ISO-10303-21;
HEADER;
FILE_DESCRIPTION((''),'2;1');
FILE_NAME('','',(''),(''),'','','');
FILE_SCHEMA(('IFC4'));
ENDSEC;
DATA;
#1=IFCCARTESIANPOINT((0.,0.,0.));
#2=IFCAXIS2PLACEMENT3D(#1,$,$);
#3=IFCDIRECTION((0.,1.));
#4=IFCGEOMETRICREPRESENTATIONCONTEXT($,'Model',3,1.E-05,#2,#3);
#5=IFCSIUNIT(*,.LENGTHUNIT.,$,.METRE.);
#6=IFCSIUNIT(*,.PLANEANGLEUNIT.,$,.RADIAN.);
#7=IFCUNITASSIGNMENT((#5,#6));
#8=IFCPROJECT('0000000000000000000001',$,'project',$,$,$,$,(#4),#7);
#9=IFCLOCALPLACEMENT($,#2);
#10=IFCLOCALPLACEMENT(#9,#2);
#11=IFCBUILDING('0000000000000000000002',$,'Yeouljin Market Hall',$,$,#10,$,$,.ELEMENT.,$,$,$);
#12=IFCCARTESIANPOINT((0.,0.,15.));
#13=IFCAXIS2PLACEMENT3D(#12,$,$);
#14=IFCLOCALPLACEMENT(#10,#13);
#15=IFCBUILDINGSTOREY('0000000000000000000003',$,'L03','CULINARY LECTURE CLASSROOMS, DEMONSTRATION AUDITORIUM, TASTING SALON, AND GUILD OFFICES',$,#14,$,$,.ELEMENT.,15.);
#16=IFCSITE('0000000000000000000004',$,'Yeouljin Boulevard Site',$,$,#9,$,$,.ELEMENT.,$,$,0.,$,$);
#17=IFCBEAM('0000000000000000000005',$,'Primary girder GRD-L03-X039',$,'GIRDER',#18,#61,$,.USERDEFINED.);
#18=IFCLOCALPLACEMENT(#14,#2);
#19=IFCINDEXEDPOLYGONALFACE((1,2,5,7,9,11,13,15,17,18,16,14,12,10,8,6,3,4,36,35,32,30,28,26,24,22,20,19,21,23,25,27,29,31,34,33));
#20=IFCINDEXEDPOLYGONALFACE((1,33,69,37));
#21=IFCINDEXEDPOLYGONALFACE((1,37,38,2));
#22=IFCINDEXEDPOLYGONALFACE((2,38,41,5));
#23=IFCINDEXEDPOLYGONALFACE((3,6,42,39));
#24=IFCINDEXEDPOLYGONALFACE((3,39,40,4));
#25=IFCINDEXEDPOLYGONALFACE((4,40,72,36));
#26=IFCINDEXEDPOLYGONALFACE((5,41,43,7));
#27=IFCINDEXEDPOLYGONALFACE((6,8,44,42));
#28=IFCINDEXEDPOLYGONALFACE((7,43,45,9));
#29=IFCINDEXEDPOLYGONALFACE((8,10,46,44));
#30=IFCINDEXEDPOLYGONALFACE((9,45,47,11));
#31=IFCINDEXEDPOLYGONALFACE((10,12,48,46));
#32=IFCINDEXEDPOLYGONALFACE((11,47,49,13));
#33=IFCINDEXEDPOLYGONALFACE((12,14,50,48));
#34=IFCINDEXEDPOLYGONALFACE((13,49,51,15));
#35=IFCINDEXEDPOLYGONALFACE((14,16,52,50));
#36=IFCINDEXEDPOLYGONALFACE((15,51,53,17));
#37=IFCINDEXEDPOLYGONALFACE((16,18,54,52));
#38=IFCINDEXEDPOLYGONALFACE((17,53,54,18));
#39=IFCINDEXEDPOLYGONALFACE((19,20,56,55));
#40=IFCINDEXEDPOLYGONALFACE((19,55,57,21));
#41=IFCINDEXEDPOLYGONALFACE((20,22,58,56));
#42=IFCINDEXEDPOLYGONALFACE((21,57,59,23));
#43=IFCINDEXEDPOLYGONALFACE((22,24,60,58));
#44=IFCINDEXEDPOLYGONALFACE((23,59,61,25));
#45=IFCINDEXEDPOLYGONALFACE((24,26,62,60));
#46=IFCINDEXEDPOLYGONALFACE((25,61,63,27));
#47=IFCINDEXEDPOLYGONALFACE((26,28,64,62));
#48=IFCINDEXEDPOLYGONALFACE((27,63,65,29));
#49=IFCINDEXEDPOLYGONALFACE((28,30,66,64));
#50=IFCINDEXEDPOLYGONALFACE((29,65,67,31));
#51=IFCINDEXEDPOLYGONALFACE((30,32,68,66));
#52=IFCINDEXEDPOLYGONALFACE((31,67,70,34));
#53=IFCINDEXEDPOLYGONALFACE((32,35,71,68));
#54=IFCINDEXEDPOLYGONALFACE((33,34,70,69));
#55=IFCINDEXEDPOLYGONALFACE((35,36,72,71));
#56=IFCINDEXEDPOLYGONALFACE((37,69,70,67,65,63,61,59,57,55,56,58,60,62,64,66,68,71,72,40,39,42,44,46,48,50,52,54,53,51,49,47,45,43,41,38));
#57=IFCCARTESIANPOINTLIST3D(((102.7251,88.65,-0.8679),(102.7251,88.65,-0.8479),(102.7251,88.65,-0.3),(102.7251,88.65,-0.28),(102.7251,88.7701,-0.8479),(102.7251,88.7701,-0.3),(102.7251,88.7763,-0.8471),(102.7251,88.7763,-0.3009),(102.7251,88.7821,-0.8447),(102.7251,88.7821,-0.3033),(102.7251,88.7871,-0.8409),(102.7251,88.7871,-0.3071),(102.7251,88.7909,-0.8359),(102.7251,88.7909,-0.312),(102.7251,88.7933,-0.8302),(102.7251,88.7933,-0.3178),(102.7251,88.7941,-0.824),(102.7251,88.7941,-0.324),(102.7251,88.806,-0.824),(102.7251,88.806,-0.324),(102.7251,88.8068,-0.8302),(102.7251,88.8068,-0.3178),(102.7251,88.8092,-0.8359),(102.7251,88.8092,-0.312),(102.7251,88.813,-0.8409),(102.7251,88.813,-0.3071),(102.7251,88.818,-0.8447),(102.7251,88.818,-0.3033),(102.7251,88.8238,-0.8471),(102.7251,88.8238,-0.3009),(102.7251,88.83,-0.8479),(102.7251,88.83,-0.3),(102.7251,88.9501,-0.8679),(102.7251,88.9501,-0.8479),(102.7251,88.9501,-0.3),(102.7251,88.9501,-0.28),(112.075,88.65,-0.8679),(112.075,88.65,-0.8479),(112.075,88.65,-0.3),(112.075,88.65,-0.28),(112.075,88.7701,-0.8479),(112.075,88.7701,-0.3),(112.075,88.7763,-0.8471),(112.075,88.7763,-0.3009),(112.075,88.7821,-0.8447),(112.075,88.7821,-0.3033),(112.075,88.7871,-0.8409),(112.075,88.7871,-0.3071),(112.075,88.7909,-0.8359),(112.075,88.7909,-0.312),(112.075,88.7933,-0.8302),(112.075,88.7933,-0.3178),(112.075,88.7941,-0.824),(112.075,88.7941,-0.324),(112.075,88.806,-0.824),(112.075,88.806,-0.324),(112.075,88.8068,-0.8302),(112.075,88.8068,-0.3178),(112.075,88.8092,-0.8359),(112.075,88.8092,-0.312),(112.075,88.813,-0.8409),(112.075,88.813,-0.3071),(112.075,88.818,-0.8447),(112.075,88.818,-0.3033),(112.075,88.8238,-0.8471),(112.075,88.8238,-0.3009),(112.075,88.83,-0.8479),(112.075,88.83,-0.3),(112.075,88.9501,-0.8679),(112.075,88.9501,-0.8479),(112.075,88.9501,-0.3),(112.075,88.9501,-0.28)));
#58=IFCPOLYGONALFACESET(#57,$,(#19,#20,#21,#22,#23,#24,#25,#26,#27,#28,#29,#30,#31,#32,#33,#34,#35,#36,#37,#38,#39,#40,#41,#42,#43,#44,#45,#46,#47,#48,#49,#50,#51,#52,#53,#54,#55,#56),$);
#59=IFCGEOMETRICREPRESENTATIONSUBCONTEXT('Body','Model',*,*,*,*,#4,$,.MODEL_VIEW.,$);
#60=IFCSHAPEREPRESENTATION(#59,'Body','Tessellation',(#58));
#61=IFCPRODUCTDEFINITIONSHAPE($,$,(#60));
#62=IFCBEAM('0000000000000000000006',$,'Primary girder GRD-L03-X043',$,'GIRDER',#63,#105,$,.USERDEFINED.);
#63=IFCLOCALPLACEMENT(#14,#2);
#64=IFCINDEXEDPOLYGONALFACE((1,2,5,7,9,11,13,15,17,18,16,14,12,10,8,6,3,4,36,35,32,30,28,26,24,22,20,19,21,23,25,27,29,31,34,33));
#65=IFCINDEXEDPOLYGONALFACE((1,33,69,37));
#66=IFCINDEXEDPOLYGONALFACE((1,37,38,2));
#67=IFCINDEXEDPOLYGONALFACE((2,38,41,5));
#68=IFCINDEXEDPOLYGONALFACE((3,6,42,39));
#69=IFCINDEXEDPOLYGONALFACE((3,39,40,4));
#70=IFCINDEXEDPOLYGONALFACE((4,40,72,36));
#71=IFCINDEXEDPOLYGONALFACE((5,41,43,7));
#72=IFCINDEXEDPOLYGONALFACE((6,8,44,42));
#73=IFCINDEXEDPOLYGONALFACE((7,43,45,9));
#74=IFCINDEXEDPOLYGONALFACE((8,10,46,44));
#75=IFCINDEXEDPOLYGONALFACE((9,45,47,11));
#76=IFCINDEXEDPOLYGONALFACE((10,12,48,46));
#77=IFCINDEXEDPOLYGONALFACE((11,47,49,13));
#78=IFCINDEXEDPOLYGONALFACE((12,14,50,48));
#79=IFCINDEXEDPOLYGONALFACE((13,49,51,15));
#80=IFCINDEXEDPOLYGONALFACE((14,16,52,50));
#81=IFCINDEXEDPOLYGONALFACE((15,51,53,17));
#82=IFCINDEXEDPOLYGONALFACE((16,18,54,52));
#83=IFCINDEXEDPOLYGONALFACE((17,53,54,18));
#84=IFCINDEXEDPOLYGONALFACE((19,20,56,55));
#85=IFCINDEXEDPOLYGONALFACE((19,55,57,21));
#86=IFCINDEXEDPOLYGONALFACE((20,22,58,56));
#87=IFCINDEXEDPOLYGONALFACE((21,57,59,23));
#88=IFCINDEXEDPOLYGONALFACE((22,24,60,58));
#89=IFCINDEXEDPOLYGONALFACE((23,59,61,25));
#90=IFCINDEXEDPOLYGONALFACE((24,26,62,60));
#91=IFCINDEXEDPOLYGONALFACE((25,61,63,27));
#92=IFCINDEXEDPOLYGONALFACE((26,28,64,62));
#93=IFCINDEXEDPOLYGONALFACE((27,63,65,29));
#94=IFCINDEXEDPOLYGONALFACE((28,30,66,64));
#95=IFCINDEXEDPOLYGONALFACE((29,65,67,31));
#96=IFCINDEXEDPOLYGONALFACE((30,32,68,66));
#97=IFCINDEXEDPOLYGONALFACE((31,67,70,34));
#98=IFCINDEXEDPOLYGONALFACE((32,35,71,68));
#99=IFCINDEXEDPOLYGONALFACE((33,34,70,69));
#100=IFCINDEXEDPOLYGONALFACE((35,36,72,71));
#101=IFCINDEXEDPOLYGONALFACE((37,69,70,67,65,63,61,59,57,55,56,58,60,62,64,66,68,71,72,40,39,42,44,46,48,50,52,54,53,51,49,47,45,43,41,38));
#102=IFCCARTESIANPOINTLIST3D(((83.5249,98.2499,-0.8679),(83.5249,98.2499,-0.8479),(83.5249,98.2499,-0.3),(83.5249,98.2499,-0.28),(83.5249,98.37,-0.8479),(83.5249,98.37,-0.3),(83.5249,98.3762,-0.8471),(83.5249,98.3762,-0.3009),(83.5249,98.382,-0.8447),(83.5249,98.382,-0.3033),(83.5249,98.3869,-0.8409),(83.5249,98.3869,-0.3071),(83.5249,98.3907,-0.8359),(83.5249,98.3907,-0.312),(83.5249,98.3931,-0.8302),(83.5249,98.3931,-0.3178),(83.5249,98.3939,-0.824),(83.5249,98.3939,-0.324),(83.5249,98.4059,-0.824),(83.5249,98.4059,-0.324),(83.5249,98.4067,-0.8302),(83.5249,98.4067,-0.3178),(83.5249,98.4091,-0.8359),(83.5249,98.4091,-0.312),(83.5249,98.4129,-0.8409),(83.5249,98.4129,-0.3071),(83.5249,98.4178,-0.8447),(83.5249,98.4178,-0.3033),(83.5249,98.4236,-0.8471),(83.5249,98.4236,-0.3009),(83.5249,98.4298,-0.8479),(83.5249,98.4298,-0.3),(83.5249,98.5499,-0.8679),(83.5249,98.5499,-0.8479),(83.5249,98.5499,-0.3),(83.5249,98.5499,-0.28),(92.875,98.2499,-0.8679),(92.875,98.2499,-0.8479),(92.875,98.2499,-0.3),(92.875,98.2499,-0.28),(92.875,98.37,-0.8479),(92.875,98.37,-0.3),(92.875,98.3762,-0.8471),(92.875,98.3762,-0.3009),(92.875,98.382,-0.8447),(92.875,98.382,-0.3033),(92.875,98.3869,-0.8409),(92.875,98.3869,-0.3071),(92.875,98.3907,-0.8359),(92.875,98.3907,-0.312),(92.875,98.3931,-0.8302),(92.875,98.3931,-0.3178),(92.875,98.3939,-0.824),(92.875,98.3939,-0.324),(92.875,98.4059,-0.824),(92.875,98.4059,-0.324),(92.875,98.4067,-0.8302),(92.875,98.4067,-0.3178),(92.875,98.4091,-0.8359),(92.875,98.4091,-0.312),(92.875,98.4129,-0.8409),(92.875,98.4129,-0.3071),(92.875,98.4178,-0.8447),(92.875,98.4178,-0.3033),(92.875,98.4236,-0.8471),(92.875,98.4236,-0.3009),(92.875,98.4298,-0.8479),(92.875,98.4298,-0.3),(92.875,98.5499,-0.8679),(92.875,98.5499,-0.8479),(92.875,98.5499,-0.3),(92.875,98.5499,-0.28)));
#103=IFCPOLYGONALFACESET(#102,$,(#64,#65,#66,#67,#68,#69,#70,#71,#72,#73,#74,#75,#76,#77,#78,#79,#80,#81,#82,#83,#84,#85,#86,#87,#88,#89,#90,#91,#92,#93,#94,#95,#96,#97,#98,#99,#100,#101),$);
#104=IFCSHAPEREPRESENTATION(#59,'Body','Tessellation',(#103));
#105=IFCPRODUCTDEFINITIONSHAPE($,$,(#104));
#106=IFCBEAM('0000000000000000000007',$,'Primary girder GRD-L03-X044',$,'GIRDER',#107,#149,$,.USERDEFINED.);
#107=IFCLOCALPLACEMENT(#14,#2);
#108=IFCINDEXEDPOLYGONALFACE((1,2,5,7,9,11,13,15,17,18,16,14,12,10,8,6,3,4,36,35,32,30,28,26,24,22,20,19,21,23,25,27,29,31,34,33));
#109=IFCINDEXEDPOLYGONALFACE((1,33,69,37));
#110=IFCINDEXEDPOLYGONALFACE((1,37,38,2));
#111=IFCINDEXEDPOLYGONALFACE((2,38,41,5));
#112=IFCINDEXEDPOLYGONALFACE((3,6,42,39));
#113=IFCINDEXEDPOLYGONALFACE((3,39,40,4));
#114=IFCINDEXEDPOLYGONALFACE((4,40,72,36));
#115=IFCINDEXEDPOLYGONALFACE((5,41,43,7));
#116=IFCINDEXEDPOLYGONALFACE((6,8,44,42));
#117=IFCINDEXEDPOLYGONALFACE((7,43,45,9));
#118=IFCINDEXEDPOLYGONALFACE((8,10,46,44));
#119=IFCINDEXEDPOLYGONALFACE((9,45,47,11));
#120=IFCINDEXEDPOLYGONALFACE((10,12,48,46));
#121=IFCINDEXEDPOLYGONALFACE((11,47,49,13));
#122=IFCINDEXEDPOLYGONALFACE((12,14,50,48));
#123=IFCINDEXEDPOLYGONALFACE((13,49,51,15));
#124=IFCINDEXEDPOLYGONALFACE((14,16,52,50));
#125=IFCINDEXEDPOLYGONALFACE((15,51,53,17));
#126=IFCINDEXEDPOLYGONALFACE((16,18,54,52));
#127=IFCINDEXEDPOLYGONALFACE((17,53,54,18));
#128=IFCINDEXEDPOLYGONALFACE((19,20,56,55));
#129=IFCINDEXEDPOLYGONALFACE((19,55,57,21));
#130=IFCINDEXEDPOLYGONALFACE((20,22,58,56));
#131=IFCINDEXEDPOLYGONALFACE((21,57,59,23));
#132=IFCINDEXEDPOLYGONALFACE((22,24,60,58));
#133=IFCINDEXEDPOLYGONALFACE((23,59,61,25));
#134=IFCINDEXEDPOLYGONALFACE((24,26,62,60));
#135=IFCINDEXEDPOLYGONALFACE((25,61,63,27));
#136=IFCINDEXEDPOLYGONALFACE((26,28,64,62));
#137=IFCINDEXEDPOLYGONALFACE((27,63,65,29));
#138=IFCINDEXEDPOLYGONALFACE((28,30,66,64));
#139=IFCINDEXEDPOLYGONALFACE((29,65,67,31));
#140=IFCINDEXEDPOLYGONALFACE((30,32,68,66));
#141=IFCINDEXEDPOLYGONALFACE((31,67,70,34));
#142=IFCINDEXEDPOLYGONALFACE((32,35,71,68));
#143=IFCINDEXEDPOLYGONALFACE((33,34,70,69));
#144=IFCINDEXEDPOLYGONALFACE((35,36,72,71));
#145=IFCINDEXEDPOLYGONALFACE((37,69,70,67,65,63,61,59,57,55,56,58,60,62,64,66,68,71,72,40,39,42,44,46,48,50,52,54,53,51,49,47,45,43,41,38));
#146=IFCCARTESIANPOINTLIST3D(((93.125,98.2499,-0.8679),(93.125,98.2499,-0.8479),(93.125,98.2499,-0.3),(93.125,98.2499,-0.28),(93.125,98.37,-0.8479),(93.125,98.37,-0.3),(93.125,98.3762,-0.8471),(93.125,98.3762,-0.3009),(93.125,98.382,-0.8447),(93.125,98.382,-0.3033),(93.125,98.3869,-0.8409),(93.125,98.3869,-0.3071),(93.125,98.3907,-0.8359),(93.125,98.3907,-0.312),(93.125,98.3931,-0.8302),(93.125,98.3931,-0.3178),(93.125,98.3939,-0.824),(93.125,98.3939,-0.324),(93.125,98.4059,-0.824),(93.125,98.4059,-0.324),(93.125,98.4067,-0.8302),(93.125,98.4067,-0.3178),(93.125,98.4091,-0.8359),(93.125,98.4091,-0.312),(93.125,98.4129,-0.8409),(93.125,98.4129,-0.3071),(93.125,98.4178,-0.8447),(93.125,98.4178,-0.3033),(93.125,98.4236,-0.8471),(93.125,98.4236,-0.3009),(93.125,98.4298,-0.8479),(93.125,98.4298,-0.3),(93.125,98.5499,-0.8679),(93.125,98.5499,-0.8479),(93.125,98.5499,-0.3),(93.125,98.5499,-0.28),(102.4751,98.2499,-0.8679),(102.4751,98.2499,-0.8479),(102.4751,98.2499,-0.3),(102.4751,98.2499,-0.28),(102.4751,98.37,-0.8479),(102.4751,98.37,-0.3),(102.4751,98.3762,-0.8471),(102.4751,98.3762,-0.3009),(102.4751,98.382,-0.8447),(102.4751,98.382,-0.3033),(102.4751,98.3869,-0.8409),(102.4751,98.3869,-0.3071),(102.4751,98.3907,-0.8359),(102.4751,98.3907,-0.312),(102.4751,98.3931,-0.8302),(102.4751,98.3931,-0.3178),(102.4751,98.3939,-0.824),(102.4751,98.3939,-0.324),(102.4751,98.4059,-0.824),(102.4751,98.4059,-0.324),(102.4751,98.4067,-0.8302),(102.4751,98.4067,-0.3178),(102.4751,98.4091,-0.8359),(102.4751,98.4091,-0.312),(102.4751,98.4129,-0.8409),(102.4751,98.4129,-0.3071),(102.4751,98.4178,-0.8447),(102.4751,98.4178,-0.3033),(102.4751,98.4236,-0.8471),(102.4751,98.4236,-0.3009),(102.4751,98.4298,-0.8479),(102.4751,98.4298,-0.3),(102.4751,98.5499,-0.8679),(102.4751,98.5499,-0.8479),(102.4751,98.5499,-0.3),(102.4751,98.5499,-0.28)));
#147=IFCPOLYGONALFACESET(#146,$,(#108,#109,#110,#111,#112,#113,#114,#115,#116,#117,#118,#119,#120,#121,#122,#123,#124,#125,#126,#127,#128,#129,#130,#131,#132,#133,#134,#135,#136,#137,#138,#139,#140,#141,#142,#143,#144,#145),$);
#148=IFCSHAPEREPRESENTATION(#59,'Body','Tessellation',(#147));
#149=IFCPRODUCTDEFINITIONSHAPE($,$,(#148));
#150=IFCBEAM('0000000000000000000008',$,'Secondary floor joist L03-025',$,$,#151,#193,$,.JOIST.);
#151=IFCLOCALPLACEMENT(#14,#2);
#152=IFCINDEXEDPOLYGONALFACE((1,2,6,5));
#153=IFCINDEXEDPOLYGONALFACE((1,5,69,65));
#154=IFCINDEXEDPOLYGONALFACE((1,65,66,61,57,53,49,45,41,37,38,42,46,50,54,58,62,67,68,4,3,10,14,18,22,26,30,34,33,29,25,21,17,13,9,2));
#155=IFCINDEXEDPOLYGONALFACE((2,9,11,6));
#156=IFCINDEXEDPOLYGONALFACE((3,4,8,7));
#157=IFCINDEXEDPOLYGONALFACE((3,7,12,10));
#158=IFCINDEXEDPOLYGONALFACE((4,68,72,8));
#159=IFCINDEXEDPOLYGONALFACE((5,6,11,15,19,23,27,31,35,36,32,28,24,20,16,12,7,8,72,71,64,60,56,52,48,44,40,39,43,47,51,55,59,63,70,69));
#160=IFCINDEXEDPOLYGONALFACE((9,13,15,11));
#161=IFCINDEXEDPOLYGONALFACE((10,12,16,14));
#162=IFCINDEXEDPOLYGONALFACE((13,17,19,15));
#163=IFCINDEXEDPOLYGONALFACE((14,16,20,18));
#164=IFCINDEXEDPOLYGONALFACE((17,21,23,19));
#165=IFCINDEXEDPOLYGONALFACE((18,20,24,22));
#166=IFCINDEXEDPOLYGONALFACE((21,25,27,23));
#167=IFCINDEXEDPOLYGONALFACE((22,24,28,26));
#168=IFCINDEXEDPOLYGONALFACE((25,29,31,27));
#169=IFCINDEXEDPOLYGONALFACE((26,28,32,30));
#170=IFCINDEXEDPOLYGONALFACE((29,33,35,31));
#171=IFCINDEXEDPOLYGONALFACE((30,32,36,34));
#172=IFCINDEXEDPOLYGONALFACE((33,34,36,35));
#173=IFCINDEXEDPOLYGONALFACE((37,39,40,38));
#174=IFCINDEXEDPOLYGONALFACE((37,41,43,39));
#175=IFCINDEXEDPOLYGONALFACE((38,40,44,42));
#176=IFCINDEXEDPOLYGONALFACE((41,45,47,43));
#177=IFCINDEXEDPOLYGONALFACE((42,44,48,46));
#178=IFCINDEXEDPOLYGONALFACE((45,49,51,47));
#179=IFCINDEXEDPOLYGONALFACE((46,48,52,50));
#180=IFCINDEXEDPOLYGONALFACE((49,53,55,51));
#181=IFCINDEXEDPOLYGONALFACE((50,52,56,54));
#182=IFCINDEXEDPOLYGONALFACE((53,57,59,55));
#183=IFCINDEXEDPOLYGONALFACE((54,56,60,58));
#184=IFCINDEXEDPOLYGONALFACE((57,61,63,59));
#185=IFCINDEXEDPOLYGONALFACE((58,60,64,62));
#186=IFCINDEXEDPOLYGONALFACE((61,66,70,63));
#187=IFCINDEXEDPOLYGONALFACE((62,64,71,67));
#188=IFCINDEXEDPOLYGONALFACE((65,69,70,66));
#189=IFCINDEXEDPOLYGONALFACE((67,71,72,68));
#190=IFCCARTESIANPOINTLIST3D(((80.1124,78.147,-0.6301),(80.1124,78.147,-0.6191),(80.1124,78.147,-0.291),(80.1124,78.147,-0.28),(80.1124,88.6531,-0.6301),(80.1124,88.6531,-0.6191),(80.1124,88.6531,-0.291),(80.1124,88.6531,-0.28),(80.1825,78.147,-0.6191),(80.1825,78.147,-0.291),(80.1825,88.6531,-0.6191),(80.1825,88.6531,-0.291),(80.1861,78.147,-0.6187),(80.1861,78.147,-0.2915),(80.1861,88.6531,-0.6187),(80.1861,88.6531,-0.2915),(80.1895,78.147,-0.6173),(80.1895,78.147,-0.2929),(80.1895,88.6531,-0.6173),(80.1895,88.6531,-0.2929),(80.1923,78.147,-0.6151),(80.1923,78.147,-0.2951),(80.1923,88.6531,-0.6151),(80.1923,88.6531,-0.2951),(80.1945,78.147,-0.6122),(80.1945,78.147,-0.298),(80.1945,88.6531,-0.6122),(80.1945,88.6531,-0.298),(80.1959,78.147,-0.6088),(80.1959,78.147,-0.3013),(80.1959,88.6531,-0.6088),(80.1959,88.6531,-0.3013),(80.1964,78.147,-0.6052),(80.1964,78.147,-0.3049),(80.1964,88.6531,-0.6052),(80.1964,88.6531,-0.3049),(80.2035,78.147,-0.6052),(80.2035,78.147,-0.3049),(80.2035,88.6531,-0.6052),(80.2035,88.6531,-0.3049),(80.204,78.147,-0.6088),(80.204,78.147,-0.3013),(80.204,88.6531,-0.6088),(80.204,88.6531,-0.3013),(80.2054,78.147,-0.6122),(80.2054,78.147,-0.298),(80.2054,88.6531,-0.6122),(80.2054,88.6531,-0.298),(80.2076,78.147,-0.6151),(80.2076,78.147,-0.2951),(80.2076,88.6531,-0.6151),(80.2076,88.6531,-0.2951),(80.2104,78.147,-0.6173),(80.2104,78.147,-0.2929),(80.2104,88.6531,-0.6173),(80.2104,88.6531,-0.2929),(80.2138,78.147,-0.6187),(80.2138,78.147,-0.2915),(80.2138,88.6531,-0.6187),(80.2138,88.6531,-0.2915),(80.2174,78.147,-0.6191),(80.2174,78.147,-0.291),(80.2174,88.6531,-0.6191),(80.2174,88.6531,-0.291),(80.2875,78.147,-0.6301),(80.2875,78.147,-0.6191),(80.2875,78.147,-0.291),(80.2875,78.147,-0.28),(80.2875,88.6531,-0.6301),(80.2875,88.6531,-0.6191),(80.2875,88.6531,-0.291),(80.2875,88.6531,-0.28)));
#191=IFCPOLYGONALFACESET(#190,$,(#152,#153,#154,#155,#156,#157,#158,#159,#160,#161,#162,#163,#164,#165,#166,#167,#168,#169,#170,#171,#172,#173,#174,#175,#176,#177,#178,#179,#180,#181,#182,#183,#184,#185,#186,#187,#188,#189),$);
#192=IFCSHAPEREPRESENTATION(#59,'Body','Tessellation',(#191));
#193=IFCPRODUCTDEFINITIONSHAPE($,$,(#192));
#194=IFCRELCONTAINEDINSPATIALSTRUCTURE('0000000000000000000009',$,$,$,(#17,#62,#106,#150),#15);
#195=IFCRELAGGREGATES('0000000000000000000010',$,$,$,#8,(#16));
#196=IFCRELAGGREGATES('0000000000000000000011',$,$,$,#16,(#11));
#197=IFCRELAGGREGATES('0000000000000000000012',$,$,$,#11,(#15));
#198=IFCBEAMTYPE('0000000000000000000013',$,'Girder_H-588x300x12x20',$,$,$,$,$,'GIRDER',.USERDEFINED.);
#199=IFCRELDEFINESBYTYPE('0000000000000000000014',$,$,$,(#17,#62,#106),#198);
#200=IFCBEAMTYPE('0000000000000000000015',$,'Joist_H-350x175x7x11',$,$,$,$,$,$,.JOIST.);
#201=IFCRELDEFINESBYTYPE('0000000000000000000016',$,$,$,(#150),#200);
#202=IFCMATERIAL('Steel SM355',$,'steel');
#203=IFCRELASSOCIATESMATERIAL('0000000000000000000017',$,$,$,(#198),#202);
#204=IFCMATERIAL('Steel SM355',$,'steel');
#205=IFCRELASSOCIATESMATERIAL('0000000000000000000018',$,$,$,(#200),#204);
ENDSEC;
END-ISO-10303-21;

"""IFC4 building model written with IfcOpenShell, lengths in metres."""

from ifc_helpers import new_model, si_unit, direction, frame, origin, origin_2d, place, context, subcontext, project, spatial, i_section, extrude, material, material_profile, profile_set, type_object, element, save


model = new_model("IFC4")

# Units and contexts
model_context = context("Model", 3, precision=1e-05, world=origin(), true_north=direction((0.0, 1.0)))
body_context = subcontext(model_context, "Body", "Model", "MODEL_VIEW")
ifc_project = project(units=[si_unit("LENGTHUNIT", "METRE"), si_unit("PLANEANGLEUNIT", "RADIAN")], contexts=[model_context])

# Site, building, storey
site_placement = place(None, origin())
site = spatial("IfcSite", under=ifc_project, at=site_placement, Name="Yeouljin Boulevard Site", CompositionType="ELEMENT", RefElevation=0.0)
building_placement = place(site_placement, origin())
building = spatial("IfcBuilding", under=site, at=building_placement, Name="Yeouljin Market Hall", CompositionType="ELEMENT")
storey_placement = place(building_placement, frame((0.0, 0.0, 15.0)))
storey = spatial("IfcBuildingStorey", under=building, at=storey_placement, Name="L03", Description="CULINARY LECTURE CLASSROOMS, DEMONSTRATION AUDITORIUM, TASTING SALON, AND GUILD OFFICES", CompositionType="ELEMENT", Elevation=15.0)

# Beams
ifc_material_1 = material(Name="Steel SM355", Category="steel")
ifc_material_profile_1 = material_profile(ifc_material_1, i_section(OverallWidth=0.3, OverallDepth=0.5879, WebThickness=0.012, FlangeThickness=0.02, FilletRadius=0.0239, at=origin_2d()), Name="H-588x300x12x20")
ifc_profile_set_1 = profile_set([ifc_material_profile_1], Name="Steel SM355")
beam_type_1 = type_object("IfcBeamType", Name="Girder_H-588x300x12x20", ElementType="GIRDER", PredefinedType="USERDEFINED", material=ifc_profile_set_1)
beam_1_placement = place(storey_placement, frame((102.7251, 88.8, -0.574), z_axis=(1.0, 0.0, 0.0), x_axis=(0.0, 1.0, 0.0)))
element("IfcBeam", 1, at=beam_1_placement, inside=storey, type_object=beam_type_1, Name="Primary girder GRD-L03-X039", ObjectType="GIRDER", PredefinedType="USERDEFINED", context=body_context, shape_type="SweptSolid", body=[
    extrude(i_section(OverallWidth=0.3, OverallDepth=0.5879, WebThickness=0.012, FlangeThickness=0.02, FilletRadius=0.0239, at=origin_2d()), origin(), (0.0, 0.0, 1.0), 9.3499),
])
for number, where, z_axis, x_axis, name in (
    (2, (83.5249, 98.3999, -0.574), (1.0, 0.0, 0.0), (0.0, 1.0, 0.0), "Primary girder GRD-L03-X043"),
    (3, (93.125, 98.3999, -0.574), (1.0, 0.0, 0.0), (0.0, 1.0, 0.0), "Primary girder GRD-L03-X044"),
):
    element("IfcBeam", number, at=place(storey_placement, frame(where, z_axis=z_axis, x_axis=x_axis)), inside=storey, type_object=beam_type_1, Name=name, ObjectType="GIRDER", PredefinedType="USERDEFINED", context=body_context, shape_type="SweptSolid", body=[
        extrude(i_section(OverallWidth=0.3, OverallDepth=0.5879, WebThickness=0.012, FlangeThickness=0.02, FilletRadius=0.0239, at=origin_2d()), origin(), (0.0, 0.0, 1.0), 9.3501),
    ])
ifc_material_2 = material(Name="Steel SM355", Category="steel")
ifc_material_profile_2 = material_profile(ifc_material_2, i_section(OverallWidth=0.175, OverallDepth=0.3501, WebThickness=0.0071, FlangeThickness=0.011, FilletRadius=0.0139, at=origin_2d()), Name="H-350x175x7x11")
ifc_profile_set_2 = profile_set([ifc_material_profile_2], Name="Steel SM355")
beam_type_2 = type_object("IfcBeamType", Name="Joist_H-350x175x7x11", PredefinedType="JOIST", material=ifc_profile_set_2)
beam_2_placement = place(storey_placement, frame((80.2, 78.147, -0.4551), z_axis=(0.0, 1.0, 0.0), x_axis=(-1.0, 0.0, 0.0)))
element("IfcBeam", 4, at=beam_2_placement, inside=storey, type_object=beam_type_2, Name="Secondary floor joist L03-025", PredefinedType="JOIST", context=body_context, shape_type="SweptSolid", body=[
    extrude(i_section(OverallWidth=0.175, OverallDepth=0.3501, WebThickness=0.0071, FlangeThickness=0.011, FilletRadius=0.0139, at=origin_2d()), origin(), (0.0, 0.0, 1.0), 10.5061),
])

save(model, "model.ifc")
